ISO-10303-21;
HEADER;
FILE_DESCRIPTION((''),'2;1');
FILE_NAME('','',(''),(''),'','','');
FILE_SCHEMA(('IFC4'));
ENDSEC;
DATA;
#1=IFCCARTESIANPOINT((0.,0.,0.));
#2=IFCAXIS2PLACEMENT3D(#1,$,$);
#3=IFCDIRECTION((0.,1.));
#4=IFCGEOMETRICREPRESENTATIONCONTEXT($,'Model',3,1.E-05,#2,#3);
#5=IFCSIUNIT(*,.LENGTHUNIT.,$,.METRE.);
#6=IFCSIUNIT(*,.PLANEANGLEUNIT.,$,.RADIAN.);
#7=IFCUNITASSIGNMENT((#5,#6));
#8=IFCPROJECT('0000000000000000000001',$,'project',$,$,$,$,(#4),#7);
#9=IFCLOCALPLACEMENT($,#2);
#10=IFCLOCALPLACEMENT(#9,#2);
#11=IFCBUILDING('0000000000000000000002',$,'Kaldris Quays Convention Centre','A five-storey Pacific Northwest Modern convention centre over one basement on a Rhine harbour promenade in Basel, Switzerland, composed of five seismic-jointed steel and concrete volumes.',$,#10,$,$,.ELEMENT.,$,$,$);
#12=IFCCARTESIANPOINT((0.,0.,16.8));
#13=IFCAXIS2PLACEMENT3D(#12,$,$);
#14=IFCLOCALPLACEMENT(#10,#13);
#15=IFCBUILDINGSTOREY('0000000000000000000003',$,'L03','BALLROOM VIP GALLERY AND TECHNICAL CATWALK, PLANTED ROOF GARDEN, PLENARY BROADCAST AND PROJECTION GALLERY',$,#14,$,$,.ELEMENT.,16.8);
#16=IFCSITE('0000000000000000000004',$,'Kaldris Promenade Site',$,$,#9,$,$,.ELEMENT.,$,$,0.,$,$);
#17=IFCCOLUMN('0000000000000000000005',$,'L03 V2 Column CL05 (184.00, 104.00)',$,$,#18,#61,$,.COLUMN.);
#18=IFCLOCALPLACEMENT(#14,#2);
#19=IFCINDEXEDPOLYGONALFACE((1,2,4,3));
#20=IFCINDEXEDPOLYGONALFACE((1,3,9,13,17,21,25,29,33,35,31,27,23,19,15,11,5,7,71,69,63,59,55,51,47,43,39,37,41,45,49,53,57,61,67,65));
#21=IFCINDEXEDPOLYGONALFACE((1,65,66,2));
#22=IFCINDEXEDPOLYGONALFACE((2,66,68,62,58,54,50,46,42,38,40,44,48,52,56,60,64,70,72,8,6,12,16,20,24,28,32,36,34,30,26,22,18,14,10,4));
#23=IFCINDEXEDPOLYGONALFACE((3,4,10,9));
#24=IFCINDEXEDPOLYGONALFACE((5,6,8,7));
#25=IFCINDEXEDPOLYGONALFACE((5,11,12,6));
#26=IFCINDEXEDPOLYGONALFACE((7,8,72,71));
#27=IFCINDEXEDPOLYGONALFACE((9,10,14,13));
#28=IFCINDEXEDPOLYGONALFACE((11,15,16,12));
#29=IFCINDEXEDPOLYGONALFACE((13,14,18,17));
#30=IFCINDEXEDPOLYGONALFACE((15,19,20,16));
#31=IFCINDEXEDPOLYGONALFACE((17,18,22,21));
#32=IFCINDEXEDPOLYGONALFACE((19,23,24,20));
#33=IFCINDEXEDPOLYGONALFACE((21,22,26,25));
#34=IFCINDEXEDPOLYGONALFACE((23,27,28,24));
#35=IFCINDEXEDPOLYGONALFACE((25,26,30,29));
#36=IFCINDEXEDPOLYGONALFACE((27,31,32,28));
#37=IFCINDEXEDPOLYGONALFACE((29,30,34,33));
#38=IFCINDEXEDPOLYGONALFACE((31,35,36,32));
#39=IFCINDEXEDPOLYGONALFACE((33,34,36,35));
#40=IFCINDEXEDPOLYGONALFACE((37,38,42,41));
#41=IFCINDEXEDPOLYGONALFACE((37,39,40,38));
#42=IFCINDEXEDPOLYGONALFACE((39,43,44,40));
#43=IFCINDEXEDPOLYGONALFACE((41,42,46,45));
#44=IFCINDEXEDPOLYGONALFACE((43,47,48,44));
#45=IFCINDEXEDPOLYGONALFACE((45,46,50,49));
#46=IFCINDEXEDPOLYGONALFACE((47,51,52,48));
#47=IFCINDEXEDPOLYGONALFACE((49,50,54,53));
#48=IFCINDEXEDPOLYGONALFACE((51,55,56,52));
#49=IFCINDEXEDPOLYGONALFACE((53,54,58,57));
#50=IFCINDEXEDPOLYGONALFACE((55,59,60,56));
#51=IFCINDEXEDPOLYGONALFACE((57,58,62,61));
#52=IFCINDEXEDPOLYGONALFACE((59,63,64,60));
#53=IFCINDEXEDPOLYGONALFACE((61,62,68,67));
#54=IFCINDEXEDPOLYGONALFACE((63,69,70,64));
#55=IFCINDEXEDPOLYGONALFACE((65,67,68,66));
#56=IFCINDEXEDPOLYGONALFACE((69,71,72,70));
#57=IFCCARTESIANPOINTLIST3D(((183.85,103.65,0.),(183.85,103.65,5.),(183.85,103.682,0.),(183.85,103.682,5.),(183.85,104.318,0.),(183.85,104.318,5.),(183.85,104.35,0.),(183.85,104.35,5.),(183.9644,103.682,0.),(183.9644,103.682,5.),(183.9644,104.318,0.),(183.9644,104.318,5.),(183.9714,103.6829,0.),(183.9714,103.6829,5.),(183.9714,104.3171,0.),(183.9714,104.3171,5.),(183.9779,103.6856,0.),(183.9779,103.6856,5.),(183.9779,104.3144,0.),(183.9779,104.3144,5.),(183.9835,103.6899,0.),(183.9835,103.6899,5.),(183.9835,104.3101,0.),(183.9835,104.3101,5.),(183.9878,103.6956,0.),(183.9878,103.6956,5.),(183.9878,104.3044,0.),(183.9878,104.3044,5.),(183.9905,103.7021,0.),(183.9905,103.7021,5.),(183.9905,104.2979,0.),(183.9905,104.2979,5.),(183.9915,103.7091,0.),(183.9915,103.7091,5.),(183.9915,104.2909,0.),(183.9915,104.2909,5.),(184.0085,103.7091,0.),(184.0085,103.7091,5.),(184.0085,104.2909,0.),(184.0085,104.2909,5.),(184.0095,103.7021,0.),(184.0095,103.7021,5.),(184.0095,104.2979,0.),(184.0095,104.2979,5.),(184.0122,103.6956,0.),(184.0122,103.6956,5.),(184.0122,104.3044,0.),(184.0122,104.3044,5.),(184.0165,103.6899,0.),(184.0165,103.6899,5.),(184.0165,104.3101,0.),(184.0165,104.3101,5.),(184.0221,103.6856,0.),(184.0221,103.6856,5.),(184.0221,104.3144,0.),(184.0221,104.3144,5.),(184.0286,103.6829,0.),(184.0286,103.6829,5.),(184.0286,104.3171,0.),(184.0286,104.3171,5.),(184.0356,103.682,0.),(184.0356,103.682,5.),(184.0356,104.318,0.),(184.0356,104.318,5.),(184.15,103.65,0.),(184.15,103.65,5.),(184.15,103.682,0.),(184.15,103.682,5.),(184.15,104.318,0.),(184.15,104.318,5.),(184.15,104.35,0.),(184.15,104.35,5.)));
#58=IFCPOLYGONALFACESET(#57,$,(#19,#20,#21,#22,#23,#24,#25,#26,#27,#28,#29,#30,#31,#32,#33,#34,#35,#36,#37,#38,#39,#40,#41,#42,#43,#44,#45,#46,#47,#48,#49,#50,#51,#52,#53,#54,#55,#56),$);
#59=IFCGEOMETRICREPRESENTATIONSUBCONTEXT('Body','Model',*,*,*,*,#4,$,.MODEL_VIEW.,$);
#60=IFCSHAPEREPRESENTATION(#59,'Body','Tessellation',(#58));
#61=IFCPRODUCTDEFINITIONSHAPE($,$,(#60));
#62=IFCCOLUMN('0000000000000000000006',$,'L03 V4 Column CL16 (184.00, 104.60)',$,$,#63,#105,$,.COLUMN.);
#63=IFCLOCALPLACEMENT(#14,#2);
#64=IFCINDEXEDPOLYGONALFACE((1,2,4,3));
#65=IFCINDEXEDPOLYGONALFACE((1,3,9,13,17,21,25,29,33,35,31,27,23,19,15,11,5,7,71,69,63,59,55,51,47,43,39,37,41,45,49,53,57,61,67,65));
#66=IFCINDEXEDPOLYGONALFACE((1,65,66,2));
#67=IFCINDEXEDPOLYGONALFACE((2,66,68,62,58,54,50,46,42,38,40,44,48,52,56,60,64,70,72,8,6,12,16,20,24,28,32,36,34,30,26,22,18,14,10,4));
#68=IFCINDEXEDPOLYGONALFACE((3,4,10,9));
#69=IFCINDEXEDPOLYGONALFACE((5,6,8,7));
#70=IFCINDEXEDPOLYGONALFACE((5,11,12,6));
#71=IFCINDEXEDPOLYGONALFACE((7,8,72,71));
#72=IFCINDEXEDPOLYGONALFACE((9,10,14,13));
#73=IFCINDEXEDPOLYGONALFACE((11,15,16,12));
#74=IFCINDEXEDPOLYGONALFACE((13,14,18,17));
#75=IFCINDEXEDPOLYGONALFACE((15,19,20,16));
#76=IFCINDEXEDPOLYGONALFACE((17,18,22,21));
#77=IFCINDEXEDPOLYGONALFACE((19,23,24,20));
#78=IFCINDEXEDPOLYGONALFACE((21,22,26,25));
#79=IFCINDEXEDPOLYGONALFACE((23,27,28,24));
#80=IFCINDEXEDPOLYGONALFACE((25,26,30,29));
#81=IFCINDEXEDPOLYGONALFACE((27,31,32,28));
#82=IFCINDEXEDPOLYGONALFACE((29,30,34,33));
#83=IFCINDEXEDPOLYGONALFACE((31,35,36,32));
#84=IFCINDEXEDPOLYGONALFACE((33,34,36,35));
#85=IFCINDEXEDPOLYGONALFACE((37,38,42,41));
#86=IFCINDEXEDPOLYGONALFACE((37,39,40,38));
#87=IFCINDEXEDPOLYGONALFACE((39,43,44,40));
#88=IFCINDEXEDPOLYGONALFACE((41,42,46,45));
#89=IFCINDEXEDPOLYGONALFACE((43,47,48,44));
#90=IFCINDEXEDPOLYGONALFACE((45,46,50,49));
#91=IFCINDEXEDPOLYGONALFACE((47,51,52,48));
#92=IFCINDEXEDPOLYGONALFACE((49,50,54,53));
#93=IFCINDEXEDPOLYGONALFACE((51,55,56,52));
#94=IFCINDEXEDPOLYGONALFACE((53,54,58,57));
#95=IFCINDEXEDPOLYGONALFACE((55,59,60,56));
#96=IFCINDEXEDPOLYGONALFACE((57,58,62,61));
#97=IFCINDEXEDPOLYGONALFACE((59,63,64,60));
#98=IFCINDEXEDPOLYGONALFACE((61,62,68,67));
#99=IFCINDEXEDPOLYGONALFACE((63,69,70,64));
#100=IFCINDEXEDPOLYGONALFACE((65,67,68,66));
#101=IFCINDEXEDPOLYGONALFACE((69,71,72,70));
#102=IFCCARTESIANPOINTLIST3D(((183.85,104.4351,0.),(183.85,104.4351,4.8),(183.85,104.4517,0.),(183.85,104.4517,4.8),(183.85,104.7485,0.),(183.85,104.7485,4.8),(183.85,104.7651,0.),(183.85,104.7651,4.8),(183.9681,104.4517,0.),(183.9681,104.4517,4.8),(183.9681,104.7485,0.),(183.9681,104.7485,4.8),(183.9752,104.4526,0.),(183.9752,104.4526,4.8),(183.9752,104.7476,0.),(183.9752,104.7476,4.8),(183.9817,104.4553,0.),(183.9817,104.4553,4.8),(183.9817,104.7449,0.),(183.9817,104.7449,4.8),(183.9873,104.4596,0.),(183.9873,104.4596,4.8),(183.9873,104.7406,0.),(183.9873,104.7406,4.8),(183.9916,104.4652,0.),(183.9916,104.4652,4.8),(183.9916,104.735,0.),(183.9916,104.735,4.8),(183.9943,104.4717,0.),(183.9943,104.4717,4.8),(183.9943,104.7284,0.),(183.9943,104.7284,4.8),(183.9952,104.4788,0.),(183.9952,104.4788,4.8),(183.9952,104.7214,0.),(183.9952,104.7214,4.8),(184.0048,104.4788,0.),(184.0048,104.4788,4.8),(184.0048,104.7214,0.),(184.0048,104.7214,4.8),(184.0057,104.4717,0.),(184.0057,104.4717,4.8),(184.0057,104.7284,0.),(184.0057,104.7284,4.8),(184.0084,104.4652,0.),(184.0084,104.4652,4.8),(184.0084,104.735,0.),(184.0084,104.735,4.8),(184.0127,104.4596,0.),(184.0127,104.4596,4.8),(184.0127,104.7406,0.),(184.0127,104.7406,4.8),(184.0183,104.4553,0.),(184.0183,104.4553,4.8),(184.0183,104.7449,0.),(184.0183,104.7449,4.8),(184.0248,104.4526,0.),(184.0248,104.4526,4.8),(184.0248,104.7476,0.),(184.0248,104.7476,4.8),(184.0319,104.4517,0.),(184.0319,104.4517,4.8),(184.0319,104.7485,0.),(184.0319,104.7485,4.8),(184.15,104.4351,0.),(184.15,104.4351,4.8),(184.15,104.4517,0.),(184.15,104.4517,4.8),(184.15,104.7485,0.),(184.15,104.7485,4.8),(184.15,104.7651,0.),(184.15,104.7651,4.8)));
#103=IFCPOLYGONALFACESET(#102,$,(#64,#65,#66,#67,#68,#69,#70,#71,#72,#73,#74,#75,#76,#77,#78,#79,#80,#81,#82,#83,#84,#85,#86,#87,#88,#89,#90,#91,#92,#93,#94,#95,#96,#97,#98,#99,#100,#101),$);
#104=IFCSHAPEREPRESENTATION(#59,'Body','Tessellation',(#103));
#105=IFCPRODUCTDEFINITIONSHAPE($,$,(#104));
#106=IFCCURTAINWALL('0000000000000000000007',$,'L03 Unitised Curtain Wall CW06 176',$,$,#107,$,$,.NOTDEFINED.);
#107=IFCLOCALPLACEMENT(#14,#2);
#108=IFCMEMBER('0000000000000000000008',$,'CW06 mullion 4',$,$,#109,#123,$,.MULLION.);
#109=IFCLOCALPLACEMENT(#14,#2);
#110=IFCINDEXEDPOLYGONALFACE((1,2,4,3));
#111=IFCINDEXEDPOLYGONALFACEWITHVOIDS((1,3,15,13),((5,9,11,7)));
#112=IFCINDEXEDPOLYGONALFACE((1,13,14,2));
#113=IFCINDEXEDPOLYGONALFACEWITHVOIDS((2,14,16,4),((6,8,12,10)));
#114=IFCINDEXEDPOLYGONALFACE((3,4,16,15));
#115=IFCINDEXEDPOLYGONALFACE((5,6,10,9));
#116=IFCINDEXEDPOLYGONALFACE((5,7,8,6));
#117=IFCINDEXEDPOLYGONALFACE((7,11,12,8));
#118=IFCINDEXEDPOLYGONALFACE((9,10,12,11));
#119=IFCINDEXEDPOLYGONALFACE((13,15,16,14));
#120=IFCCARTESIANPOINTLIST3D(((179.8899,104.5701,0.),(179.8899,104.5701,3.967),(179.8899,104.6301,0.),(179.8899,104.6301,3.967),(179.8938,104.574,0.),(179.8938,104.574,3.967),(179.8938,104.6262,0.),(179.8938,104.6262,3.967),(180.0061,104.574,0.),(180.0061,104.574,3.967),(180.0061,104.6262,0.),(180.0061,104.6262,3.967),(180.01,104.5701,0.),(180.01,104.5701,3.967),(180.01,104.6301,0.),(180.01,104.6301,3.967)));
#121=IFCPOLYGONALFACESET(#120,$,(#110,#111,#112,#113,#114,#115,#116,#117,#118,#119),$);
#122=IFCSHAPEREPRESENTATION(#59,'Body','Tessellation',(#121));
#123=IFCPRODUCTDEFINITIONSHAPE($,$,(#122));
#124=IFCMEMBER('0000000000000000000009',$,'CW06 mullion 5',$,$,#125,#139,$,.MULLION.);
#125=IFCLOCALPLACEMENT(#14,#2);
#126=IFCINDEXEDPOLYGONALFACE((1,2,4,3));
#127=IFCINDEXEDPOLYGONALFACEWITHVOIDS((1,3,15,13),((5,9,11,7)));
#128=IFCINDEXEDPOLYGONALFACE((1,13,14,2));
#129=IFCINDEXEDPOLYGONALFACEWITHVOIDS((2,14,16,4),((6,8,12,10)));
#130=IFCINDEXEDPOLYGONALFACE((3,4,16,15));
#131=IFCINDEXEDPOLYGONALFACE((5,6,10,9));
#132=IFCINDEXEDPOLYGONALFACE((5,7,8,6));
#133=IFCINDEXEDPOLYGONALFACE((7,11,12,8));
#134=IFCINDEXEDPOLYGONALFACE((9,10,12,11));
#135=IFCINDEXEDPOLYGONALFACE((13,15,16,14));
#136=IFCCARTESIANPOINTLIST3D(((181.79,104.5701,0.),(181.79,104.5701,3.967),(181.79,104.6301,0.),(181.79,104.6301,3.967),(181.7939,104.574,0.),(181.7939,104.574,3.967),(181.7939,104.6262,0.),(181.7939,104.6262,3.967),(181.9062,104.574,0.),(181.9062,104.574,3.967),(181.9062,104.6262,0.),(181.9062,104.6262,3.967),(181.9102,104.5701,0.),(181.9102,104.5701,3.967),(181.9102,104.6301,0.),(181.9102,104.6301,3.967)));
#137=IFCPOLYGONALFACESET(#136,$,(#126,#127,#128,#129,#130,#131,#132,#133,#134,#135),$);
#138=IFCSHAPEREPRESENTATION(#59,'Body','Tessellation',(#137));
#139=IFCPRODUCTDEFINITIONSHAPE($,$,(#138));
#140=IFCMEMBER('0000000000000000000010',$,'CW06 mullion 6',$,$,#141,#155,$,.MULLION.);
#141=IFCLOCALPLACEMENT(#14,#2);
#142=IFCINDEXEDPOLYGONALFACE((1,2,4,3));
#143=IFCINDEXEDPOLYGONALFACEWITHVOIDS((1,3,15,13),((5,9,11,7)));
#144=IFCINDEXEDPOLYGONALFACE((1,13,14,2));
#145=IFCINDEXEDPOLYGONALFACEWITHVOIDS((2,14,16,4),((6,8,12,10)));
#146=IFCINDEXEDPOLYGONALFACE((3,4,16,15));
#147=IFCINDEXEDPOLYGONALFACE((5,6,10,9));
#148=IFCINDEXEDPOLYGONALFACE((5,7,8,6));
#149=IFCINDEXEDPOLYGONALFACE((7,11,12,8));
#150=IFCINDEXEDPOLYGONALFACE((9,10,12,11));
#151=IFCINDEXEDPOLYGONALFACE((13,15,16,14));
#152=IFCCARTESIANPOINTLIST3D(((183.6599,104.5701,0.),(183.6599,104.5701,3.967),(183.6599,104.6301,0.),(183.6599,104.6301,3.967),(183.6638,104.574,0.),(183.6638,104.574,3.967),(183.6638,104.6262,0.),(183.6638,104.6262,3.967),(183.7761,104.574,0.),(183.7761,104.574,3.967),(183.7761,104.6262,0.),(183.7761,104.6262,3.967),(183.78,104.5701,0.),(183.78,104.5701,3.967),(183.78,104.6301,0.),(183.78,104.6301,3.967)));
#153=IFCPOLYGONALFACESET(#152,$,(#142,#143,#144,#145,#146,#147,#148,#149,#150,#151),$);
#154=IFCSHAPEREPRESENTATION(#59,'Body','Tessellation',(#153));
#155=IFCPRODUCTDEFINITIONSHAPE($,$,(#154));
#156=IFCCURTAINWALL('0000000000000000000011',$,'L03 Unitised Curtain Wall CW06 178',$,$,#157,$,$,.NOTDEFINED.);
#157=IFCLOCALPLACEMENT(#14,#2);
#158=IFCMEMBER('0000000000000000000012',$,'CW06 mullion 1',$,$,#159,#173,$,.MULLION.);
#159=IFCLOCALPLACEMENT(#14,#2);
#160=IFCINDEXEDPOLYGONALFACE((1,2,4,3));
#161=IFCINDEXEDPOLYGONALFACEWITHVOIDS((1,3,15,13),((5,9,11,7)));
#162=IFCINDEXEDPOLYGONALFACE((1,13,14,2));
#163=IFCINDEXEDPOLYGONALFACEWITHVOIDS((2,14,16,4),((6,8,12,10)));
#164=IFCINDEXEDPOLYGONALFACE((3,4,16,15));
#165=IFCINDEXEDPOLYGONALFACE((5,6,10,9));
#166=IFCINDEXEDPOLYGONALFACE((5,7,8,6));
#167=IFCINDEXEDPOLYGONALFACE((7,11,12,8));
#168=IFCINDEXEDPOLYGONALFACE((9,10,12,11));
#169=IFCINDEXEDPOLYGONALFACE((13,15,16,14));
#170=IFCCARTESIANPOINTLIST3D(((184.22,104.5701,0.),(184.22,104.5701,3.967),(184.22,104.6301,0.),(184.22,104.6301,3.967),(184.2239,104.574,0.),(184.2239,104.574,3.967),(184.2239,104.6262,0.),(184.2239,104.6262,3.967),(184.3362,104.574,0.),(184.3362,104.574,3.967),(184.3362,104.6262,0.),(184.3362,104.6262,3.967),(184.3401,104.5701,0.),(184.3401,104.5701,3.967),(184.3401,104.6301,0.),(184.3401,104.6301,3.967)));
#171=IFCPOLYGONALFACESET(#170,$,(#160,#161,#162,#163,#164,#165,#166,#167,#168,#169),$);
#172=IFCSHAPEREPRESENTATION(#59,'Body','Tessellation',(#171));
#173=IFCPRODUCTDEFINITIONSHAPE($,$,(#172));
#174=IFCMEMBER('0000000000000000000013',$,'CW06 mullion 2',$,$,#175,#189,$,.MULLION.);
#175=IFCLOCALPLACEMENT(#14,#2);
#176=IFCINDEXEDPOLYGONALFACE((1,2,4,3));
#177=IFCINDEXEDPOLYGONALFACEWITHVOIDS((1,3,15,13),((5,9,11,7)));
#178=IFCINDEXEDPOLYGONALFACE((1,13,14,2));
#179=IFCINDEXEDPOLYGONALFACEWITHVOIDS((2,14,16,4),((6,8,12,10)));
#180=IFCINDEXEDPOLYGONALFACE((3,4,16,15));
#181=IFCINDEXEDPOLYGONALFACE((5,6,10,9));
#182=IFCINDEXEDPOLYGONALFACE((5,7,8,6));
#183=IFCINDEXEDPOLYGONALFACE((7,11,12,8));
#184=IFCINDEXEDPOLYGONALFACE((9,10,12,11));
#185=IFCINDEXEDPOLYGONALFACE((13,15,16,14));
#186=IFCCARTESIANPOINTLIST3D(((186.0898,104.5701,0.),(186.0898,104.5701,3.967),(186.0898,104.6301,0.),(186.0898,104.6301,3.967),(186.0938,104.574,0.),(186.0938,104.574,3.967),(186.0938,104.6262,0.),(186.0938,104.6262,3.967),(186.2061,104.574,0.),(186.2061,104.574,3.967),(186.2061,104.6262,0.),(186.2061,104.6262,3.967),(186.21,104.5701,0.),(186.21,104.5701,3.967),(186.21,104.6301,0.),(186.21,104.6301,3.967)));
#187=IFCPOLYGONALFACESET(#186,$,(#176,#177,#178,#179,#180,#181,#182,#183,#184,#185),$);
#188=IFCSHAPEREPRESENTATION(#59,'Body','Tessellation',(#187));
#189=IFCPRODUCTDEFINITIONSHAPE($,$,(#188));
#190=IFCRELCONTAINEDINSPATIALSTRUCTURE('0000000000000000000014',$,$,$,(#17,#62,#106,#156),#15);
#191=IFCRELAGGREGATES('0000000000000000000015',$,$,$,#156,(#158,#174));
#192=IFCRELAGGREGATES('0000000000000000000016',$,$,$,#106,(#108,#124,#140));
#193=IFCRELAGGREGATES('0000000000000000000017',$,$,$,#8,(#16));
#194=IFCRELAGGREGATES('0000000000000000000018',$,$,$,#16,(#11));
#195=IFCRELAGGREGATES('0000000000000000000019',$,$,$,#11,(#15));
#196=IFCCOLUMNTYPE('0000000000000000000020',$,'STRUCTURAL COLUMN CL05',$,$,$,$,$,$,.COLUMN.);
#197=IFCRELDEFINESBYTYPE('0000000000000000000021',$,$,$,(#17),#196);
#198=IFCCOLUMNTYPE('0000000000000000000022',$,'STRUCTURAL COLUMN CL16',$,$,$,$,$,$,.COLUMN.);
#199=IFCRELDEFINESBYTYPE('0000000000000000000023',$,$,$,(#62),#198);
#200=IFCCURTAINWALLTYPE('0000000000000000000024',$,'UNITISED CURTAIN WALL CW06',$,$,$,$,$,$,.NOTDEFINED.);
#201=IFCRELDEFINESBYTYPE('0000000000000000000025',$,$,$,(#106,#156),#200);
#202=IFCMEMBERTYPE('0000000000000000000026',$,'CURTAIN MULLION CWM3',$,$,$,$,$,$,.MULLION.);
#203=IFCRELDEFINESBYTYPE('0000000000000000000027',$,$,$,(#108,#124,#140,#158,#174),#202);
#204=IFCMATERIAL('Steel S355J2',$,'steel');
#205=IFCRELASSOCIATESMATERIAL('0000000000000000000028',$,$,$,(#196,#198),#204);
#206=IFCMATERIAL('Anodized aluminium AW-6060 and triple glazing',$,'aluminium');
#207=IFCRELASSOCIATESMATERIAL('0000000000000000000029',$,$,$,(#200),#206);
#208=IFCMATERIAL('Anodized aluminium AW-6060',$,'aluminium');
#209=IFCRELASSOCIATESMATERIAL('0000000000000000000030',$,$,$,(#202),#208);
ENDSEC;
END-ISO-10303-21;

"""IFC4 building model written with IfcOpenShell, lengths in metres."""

from ifc_helpers import new_model, si_unit, direction, frame, origin, origin_2d, place, context, subcontext, project, spatial, hollow_rectangle, i_section, extrude, material, material_profile, profile_set, type_object, element, aggregate, save


model = new_model("IFC4")

# Units and contexts
model_context = context("Model", 3, precision=1e-05, world=origin(), true_north=direction((0.0, 1.0)))
body_context = subcontext(model_context, "Body", "Model", "MODEL_VIEW")
ifc_project = project(units=[si_unit("LENGTHUNIT", "METRE"), si_unit("PLANEANGLEUNIT", "RADIAN")], contexts=[model_context])

# Site, building, storey
site_placement = place(None, origin())
site = spatial("IfcSite", under=ifc_project, at=site_placement, Name="Kaldris Promenade Site", CompositionType="ELEMENT", RefElevation=0.0)
building_placement = place(site_placement, origin())
building = spatial("IfcBuilding", under=site, at=building_placement, Name="Kaldris Quays Convention Centre", Description="A five-storey Pacific Northwest Modern convention centre over one basement on a Rhine harbour promenade in Basel, Switzerland, composed of five seismic-jointed steel and concrete volumes.", CompositionType="ELEMENT")
storey_placement = place(building_placement, frame((0.0, 0.0, 16.8)))
storey = spatial("IfcBuildingStorey", under=building, at=storey_placement, Name="L03", Description="BALLROOM VIP GALLERY AND TECHNICAL CATWALK, PLANTED ROOF GARDEN, PLENARY BROADCAST AND PROJECTION GALLERY", CompositionType="ELEMENT", Elevation=16.8)

# Columns
ifc_material_1 = material(Name="Steel S355J2", Category="steel")
ifc_material_profile_1 = material_profile(ifc_material_1, i_section(OverallWidth=0.3, OverallDepth=0.7, WebThickness=0.0171, FlangeThickness=0.032, FilletRadius=0.0271, at=origin_2d()), Name="HEB 700")
ifc_profile_set_1 = profile_set([ifc_material_profile_1], Name="Steel S355J2")
column_type_1 = type_object("IfcColumnType", Name="STRUCTURAL COLUMN CL05", PredefinedType="COLUMN", material=ifc_profile_set_1)
column_1_placement = place(storey_placement, frame((184.0, 104.0, 0.0), z_axis=(0.0, 0.0, 1.0), x_axis=(1.0, 0.0, 0.0)))
element("IfcColumn", 1, at=column_1_placement, inside=storey, type_object=column_type_1, Name="L03 V2 Column CL05 (184.00, 104.00)", PredefinedType="COLUMN", context=body_context, shape_type="SweptSolid", body=[
    extrude(i_section(OverallWidth=0.3, OverallDepth=0.7, WebThickness=0.0171, FlangeThickness=0.032, FilletRadius=0.0271, at=origin_2d()), origin(), (0.0, 0.0, 1.0), 5.0),
])
ifc_material_profile_2 = material_profile(ifc_material_1, i_section(OverallWidth=0.3, OverallDepth=0.3301, WebThickness=0.0095, FlangeThickness=0.0166, FilletRadius=0.0271, at=origin_2d()), Name="HEA 340")
ifc_profile_set_2 = profile_set([ifc_material_profile_2], Name="Steel S355J2")
column_type_2 = type_object("IfcColumnType", Name="STRUCTURAL COLUMN CL16", PredefinedType="COLUMN", material=ifc_profile_set_2)
column_2_placement = place(storey_placement, frame((184.0, 104.6001, 0.0), z_axis=(0.0, 0.0, 1.0), x_axis=(1.0, 0.0, 0.0)))
element("IfcColumn", 2, at=column_2_placement, inside=storey, type_object=column_type_2, Name="L03 V4 Column CL16 (184.00, 104.60)", PredefinedType="COLUMN", context=body_context, shape_type="SweptSolid", body=[
    extrude(i_section(OverallWidth=0.3, OverallDepth=0.3301, WebThickness=0.0095, FlangeThickness=0.0166, FilletRadius=0.0271, at=origin_2d()), origin(), (0.0, 0.0, 1.0), 4.8),
])

# Curtain walls, members
ifc_material_2 = material(Name="Anodized aluminium AW-6060 and triple glazing", Category="aluminium")
curtain_wall_type = type_object("IfcCurtainWallType", Name="UNITISED CURTAIN WALL CW06", PredefinedType="NOTDEFINED", material=ifc_material_2)
curtain_wall_1_placement = place(storey_placement, origin())
curtain_wall_1 = element("IfcCurtainWall", 3, at=curtain_wall_1_placement, inside=storey, type_object=curtain_wall_type, Name="L03 Unitised Curtain Wall CW06 176", PredefinedType="NOTDEFINED")
ifc_material_3 = material(Name="Anodized aluminium AW-6060", Category="aluminium")
ifc_material_profile_3 = material_profile(ifc_material_3, hollow_rectangle(XDim=0.0601, YDim=0.1201, WallThickness=0.0039, at=origin_2d()), Name="RHS 120x60x4")
ifc_profile_set_3 = profile_set([ifc_material_profile_3], Name="Anodized aluminium AW-6060")
member_type_1 = type_object("IfcMemberType", Name="CURTAIN MULLION CWM3", PredefinedType="MULLION", material=ifc_profile_set_3)
member_1_placement = place(storey_placement, frame((179.95, 104.6001, 0.0), z_axis=(0.0, 0.0, 1.0), x_axis=(0.0, 1.0, 0.0)))
member_1 = element("IfcMember", 4, at=member_1_placement, type_object=member_type_1, Name="CW06 mullion 4", PredefinedType="MULLION", context=body_context, shape_type="SweptSolid", body=[
    extrude(hollow_rectangle(XDim=0.0601, YDim=0.1201, WallThickness=0.0039, at=origin_2d()), origin(), (0.0, 0.0, 1.0), 3.967),
])
member_2_placement = place(storey_placement, frame((181.8501, 104.6001, 0.0), z_axis=(0.0, 0.0, 1.0), x_axis=(0.0, 1.0, 0.0)))
member_2 = element("IfcMember", 5, at=member_2_placement, type_object=member_type_1, Name="CW06 mullion 5", PredefinedType="MULLION", context=body_context, shape_type="SweptSolid", body=[
    extrude(hollow_rectangle(XDim=0.0601, YDim=0.1201, WallThickness=0.0039, at=origin_2d()), origin(), (0.0, 0.0, 1.0), 3.967),
])
member_3_placement = place(storey_placement, frame((183.72, 104.6001, 0.0), z_axis=(0.0, 0.0, 1.0), x_axis=(0.0, 1.0, 0.0)))
member_3 = element("IfcMember", 6, at=member_3_placement, type_object=member_type_1, Name="CW06 mullion 6", PredefinedType="MULLION", context=body_context, shape_type="SweptSolid", body=[
    extrude(hollow_rectangle(XDim=0.0601, YDim=0.1201, WallThickness=0.0039, at=origin_2d()), origin(), (0.0, 0.0, 1.0), 3.967),
])
curtain_wall_2_placement = place(storey_placement, origin())
curtain_wall_2 = element("IfcCurtainWall", 7, at=curtain_wall_2_placement, inside=storey, type_object=curtain_wall_type, Name="L03 Unitised Curtain Wall CW06 178", PredefinedType="NOTDEFINED")
member_4_placement = place(storey_placement, frame((184.28, 104.6001, 0.0), z_axis=(0.0, 0.0, 1.0), x_axis=(0.0, 1.0, 0.0)))
member_4 = element("IfcMember", 8, at=member_4_placement, type_object=member_type_1, Name="CW06 mullion 1", PredefinedType="MULLION", context=body_context, shape_type="SweptSolid", body=[
    extrude(hollow_rectangle(XDim=0.0601, YDim=0.1201, WallThickness=0.0039, at=origin_2d()), origin(), (0.0, 0.0, 1.0), 3.967),
])
member_5_placement = place(storey_placement, frame((186.1499, 104.6001, 0.0), z_axis=(0.0, 0.0, 1.0), x_axis=(0.0, 1.0, 0.0)))
member_5 = element("IfcMember", 9, at=member_5_placement, type_object=member_type_1, Name="CW06 mullion 2", PredefinedType="MULLION", context=body_context, shape_type="SweptSolid", body=[
    extrude(hollow_rectangle(XDim=0.0601, YDim=0.1201, WallThickness=0.0039, at=origin_2d()), origin(), (0.0, 0.0, 1.0), 3.967),
])

aggregate(curtain_wall_2, [member_4, member_5])
aggregate(curtain_wall_1, [member_1, member_2, member_3])

save(model, "model.ifc")
